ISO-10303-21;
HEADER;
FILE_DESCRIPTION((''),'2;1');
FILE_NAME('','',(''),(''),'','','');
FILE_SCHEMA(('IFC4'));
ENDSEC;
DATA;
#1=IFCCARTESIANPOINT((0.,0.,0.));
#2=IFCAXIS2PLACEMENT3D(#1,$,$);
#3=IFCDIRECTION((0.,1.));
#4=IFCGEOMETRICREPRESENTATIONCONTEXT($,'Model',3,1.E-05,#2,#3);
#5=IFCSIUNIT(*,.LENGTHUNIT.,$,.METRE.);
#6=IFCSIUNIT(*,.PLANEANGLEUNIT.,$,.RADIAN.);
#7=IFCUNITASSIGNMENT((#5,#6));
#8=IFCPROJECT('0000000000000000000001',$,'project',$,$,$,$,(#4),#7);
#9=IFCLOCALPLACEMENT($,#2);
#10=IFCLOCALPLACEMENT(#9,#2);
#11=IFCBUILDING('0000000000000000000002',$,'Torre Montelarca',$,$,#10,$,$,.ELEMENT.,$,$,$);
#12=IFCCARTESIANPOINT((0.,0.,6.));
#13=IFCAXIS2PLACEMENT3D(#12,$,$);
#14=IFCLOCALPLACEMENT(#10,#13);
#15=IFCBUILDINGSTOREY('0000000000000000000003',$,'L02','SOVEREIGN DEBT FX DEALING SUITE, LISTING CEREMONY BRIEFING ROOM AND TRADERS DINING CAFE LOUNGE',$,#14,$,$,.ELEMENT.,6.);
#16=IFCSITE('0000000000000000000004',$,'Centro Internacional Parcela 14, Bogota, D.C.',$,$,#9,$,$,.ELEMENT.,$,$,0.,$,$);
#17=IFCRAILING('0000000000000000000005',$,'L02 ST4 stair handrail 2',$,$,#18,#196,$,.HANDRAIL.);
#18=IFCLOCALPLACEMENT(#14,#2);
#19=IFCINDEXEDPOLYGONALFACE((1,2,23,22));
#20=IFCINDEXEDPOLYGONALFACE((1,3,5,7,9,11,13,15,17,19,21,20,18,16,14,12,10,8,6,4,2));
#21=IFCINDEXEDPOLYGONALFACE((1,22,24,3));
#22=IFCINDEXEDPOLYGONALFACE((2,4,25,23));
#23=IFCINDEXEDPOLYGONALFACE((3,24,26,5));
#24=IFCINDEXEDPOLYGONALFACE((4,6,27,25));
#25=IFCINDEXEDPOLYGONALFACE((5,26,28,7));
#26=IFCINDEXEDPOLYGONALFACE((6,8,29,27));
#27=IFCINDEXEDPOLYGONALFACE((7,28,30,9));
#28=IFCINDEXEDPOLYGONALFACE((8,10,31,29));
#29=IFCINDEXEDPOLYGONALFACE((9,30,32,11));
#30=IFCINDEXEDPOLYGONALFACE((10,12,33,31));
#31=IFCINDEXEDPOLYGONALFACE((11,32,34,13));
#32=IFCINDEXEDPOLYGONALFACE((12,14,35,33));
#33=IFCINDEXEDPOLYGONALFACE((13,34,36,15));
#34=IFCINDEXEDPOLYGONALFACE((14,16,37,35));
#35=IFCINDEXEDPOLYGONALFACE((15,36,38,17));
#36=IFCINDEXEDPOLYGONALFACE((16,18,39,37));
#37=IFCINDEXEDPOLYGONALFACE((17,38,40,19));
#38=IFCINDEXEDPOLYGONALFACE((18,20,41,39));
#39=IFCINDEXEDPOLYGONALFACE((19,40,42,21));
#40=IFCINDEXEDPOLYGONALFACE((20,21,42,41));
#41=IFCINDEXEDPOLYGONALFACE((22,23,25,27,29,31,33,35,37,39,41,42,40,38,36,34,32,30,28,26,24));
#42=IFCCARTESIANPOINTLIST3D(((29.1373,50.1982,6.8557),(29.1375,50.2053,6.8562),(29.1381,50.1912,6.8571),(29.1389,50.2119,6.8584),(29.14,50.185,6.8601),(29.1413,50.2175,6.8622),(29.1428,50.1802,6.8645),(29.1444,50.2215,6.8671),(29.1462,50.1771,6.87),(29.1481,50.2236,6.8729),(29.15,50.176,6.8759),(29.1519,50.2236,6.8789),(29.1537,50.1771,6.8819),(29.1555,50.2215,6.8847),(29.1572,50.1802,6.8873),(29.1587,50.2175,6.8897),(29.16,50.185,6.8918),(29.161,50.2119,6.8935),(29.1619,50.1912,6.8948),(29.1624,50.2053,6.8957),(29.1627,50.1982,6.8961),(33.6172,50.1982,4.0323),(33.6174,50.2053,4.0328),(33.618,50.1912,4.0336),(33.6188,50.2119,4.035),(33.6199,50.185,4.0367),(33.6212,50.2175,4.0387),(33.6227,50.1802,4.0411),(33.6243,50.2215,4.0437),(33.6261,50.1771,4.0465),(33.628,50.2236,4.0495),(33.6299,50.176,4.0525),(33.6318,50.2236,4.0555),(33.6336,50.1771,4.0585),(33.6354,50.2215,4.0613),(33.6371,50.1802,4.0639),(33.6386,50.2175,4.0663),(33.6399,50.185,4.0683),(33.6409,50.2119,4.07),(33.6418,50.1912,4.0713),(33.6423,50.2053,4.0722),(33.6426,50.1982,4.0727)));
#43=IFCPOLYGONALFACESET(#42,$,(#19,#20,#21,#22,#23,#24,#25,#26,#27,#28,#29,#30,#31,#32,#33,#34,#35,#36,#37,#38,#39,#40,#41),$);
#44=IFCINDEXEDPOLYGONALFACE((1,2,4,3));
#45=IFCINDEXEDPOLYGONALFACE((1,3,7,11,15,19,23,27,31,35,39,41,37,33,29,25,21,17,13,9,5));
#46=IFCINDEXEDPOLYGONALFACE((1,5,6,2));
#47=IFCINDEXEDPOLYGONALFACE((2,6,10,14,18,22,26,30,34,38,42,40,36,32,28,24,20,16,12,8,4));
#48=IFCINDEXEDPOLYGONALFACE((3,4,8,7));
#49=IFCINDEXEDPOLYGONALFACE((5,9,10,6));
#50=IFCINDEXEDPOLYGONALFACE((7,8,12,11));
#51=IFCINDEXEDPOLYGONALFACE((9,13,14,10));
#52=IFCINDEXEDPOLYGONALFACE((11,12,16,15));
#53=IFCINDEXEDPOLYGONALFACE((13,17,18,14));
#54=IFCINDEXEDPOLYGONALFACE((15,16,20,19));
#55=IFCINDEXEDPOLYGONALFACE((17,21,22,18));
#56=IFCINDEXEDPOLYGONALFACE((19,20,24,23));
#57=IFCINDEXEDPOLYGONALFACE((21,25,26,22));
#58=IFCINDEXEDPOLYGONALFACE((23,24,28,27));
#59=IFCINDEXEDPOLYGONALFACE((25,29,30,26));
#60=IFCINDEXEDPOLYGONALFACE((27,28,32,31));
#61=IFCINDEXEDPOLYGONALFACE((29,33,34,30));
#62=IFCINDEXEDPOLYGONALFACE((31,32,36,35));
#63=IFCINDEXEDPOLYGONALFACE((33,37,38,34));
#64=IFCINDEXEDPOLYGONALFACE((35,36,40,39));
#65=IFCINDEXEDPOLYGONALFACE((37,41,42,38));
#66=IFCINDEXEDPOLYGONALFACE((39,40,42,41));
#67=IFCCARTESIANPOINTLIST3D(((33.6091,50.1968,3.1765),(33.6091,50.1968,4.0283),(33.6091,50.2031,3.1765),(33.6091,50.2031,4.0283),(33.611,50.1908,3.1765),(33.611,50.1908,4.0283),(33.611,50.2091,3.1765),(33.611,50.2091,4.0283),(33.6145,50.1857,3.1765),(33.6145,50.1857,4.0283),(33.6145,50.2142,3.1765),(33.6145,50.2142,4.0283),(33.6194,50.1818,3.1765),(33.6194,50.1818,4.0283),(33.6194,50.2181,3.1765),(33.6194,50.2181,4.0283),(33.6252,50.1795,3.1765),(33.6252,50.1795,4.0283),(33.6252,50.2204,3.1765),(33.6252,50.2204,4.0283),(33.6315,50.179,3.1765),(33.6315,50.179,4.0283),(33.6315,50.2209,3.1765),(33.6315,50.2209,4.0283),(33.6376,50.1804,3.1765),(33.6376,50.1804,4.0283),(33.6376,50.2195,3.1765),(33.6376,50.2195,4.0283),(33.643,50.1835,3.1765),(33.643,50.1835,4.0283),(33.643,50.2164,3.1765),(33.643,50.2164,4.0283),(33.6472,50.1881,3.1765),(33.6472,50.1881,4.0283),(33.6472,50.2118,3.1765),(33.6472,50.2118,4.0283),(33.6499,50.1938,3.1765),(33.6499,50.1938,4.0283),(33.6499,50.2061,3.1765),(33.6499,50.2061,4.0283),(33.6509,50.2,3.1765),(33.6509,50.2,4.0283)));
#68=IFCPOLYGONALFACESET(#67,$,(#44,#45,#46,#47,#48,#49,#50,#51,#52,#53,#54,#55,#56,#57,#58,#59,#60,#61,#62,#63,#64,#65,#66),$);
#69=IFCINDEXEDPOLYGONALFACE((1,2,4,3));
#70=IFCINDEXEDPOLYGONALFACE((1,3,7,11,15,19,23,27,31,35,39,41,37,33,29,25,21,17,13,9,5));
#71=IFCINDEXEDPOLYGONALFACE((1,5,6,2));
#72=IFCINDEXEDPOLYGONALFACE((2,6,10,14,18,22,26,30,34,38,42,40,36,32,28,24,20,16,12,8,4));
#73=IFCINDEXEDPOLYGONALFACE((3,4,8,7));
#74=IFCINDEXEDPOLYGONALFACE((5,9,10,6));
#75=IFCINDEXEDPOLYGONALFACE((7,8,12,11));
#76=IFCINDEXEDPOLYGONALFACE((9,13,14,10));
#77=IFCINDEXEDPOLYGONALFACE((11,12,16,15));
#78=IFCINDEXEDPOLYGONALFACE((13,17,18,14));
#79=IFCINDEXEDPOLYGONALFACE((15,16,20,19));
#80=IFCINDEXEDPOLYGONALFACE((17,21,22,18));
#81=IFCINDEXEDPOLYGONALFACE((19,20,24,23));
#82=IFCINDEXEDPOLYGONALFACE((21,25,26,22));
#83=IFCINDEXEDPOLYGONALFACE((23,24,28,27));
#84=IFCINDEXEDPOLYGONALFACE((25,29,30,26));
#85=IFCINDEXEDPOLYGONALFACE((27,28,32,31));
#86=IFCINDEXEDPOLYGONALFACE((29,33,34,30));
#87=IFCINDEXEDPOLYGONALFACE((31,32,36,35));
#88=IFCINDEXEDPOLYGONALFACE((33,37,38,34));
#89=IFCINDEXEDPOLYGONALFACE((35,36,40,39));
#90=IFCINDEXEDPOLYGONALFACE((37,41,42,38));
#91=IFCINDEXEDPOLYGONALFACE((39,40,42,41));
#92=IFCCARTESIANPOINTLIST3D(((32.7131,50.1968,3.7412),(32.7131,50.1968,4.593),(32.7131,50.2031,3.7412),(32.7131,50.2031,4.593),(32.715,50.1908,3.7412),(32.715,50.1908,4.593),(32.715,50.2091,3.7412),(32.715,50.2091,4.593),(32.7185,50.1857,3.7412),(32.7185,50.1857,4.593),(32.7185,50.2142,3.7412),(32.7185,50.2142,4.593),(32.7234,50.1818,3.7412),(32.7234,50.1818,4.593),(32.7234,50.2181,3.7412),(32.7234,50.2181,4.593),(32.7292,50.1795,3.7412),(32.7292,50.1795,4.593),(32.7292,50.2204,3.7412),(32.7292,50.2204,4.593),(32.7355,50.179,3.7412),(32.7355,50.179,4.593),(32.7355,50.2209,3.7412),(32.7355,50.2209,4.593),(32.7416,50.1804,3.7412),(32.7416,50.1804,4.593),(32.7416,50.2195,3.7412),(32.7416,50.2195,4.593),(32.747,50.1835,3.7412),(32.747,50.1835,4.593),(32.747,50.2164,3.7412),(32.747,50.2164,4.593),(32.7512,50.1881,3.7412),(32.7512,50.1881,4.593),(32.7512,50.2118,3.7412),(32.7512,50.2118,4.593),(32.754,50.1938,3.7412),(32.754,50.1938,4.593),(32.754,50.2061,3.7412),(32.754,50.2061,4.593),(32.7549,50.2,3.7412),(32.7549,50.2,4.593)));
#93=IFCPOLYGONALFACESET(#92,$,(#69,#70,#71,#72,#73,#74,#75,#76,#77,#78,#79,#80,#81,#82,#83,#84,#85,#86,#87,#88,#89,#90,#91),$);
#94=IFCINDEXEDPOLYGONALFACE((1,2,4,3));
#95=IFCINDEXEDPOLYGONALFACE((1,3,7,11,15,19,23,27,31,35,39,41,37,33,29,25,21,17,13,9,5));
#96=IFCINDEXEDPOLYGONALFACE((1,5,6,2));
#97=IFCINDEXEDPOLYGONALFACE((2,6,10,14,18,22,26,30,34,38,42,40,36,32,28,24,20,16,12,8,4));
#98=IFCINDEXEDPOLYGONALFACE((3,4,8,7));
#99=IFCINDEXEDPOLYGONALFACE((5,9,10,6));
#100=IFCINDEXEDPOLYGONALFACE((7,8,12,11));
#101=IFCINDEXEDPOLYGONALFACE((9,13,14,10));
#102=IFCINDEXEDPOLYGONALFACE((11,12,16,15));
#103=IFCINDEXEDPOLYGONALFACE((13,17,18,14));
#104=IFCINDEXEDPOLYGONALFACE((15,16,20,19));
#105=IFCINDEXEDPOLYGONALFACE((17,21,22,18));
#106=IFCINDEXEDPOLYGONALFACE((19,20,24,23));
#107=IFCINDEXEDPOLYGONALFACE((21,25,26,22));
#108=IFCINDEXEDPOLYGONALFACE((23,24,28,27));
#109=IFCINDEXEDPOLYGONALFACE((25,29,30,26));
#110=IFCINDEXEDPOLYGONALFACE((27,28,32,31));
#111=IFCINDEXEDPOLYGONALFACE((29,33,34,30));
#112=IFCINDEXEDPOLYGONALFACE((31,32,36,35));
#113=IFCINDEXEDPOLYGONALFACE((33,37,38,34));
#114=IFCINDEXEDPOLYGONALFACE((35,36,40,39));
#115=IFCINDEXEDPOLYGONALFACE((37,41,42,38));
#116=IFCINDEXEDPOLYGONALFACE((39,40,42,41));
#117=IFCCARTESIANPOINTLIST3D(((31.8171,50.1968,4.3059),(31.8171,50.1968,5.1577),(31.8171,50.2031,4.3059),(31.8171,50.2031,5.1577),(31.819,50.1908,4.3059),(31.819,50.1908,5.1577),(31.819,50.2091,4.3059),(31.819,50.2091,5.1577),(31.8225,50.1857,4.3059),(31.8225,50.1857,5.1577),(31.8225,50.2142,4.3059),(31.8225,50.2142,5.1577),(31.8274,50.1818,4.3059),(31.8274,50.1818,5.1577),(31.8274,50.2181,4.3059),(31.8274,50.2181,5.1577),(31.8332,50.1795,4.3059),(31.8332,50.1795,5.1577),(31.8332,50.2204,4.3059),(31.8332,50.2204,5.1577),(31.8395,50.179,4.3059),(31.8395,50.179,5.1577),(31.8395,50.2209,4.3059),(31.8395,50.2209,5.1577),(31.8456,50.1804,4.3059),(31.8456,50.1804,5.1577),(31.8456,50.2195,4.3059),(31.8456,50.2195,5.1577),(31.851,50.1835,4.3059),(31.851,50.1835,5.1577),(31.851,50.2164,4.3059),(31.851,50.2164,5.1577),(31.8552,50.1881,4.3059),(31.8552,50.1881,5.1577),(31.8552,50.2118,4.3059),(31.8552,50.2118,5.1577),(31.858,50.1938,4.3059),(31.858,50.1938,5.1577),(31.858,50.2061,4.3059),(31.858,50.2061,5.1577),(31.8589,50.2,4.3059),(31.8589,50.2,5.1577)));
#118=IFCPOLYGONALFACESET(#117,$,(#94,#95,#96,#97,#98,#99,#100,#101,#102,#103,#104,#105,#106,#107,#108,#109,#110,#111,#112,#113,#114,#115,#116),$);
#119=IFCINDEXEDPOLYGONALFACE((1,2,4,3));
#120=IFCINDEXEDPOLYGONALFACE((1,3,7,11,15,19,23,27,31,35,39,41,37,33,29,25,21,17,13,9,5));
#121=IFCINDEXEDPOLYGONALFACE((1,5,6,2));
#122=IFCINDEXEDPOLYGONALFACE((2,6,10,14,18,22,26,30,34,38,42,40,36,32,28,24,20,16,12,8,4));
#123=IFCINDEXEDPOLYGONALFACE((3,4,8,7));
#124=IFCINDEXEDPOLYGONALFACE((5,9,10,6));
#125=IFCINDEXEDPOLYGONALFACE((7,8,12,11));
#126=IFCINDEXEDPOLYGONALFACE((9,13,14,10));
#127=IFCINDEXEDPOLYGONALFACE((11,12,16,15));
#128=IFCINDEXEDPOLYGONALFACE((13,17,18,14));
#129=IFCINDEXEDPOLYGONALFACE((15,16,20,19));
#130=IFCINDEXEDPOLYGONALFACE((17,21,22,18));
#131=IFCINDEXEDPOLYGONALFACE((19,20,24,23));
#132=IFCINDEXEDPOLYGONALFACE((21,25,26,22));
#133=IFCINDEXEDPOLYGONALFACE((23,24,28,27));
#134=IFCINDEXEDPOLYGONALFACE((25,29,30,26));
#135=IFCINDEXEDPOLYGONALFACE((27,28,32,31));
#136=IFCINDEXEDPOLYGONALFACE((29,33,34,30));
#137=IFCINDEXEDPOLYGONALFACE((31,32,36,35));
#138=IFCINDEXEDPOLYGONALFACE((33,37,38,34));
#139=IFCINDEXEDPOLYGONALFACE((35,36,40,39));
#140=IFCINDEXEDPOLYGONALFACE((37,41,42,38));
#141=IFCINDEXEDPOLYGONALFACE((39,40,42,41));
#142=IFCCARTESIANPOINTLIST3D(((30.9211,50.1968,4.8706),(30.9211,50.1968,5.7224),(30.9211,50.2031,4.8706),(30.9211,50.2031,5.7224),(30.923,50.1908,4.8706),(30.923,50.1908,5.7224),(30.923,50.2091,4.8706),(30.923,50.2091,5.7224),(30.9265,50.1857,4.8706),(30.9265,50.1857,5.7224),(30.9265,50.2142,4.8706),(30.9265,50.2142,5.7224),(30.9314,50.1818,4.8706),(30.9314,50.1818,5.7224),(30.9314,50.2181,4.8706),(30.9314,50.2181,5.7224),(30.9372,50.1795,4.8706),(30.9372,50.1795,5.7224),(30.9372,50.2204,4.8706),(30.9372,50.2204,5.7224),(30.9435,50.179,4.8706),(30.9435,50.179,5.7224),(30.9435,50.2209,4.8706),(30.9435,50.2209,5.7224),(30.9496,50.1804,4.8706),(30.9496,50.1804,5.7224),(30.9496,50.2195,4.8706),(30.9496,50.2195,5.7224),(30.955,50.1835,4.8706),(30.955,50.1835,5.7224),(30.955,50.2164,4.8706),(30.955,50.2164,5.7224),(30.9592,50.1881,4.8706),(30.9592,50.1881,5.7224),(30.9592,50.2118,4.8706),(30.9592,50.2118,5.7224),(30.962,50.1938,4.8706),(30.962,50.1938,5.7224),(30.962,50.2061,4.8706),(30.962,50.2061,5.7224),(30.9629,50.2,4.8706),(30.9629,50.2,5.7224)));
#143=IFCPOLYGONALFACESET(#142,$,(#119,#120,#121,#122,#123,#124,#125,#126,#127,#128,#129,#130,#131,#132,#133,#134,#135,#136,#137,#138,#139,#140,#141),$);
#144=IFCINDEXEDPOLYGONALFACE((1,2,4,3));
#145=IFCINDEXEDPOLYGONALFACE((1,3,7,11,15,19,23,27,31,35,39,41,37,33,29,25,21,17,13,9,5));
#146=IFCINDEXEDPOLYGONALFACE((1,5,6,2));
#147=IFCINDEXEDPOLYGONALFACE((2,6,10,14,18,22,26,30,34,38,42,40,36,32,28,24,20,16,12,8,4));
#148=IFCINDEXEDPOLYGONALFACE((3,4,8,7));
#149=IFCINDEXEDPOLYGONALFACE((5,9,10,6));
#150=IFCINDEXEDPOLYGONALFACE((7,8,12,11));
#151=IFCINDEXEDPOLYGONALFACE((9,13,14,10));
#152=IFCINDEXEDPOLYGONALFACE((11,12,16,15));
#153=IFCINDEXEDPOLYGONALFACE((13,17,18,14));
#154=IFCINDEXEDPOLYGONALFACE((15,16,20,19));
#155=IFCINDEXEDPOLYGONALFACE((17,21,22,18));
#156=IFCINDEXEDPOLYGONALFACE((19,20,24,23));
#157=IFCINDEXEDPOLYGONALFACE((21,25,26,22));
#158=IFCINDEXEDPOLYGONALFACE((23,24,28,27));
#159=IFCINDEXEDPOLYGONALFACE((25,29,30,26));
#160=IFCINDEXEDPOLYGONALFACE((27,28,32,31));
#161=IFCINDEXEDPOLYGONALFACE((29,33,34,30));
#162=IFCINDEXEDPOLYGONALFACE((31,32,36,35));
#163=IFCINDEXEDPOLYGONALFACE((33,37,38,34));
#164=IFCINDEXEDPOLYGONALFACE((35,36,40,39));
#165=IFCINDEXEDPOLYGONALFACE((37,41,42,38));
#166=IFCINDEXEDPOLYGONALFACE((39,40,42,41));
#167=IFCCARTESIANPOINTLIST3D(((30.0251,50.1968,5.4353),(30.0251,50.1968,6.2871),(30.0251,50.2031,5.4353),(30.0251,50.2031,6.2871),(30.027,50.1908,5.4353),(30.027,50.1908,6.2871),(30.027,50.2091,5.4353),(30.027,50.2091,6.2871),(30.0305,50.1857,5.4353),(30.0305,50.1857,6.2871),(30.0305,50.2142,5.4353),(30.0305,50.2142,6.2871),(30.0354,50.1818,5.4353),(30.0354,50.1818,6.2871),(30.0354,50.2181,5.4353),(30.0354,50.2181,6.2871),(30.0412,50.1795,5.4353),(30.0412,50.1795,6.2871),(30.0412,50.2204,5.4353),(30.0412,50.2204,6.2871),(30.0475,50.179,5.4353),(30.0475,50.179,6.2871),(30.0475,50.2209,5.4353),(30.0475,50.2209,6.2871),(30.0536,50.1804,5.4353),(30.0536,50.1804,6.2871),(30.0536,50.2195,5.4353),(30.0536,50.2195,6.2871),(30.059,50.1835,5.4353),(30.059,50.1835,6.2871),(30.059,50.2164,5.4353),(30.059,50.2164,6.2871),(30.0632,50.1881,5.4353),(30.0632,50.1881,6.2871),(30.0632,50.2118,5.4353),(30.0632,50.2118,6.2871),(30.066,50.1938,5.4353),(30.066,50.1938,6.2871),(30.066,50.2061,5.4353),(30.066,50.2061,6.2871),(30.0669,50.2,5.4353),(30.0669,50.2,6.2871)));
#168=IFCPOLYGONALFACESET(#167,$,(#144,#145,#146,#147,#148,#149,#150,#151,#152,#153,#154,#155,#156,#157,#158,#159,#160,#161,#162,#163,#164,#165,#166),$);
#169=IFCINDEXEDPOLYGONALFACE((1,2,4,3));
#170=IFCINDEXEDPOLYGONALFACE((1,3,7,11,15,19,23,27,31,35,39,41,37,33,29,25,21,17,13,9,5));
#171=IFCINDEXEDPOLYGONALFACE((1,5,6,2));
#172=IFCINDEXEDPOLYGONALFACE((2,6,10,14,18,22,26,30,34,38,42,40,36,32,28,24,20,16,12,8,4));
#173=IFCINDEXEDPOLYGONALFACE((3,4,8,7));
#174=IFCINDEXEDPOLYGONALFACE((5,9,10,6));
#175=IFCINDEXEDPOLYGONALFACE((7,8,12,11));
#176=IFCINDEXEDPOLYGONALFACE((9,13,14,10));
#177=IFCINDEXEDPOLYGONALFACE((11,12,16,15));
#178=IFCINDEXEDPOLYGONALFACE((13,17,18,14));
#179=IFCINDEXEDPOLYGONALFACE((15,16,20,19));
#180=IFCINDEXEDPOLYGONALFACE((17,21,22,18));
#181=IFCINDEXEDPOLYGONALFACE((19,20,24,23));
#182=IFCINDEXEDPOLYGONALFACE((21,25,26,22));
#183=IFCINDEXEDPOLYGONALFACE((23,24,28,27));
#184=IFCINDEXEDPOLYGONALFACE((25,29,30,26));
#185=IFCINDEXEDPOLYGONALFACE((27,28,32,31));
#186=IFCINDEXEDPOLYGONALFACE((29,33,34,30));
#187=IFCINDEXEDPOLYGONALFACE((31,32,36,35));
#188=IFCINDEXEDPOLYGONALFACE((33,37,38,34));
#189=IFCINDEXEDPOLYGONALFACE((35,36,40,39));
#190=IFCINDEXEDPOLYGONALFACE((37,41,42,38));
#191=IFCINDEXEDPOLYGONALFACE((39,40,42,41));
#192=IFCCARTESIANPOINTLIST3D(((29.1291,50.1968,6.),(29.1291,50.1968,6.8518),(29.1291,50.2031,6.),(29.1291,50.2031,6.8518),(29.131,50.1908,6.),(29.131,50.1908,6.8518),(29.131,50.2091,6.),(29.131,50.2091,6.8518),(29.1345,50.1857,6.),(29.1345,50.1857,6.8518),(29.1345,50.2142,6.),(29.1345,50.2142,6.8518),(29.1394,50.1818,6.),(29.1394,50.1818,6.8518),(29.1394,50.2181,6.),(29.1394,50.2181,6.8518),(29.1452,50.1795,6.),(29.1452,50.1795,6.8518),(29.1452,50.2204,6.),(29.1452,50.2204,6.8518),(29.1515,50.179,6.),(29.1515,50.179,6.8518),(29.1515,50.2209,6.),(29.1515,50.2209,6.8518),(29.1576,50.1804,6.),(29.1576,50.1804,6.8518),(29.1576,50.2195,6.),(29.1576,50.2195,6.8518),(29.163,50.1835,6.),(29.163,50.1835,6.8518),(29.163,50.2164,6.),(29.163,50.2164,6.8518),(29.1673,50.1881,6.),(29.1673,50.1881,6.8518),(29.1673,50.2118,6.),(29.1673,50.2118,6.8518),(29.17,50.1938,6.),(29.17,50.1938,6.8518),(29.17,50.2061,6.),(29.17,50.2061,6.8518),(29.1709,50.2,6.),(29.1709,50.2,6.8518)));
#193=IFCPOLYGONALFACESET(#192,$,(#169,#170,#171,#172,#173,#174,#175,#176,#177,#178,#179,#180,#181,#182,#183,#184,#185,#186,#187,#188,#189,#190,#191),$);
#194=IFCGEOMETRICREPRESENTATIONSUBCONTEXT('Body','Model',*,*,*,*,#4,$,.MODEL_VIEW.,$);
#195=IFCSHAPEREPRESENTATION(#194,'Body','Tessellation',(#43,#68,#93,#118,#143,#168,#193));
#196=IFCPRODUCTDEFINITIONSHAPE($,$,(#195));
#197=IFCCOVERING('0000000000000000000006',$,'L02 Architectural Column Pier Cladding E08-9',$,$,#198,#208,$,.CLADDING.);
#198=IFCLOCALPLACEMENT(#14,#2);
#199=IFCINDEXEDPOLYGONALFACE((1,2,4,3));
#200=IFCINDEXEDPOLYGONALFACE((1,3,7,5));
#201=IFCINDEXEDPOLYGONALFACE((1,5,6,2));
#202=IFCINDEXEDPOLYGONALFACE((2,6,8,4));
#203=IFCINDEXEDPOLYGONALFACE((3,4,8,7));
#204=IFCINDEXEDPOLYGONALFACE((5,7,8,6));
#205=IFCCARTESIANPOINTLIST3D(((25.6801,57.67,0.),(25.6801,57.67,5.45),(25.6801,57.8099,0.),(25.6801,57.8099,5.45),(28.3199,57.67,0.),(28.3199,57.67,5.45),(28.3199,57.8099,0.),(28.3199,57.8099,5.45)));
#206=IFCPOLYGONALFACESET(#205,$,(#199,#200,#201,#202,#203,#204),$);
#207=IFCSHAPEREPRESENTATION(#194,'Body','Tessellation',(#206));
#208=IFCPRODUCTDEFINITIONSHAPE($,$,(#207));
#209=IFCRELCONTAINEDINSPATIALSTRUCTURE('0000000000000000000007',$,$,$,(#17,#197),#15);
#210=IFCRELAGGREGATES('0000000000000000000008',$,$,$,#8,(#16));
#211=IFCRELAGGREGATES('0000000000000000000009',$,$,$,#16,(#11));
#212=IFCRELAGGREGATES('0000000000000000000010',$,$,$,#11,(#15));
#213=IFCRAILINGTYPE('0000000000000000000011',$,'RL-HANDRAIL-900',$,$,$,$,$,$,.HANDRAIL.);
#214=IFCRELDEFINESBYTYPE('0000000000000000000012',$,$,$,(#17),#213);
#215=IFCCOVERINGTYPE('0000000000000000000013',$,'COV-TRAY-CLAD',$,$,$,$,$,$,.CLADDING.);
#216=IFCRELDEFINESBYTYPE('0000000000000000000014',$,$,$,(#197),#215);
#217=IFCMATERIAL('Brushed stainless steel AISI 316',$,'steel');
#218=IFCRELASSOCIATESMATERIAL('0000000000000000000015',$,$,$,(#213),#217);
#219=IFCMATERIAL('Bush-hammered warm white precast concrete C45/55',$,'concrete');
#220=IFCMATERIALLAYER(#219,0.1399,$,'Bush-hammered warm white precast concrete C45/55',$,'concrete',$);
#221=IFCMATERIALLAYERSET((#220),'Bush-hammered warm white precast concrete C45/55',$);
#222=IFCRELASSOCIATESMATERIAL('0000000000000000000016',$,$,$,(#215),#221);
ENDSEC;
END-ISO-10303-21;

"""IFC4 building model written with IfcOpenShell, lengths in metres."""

from ifc_helpers import new_model, si_unit, direction, frame, origin, origin_2d, place, context, subcontext, project, spatial, rectangle, circle, extrude, source, transform, mapped, material, layer, layer_set, type_object, element, save


model = new_model("IFC4")

# Units and contexts
model_context = context("Model", 3, precision=1e-05, world=origin(), true_north=direction((0.0, 1.0)))
body_context = subcontext(model_context, "Body", "Model", "MODEL_VIEW")
ifc_project = project(units=[si_unit("LENGTHUNIT", "METRE"), si_unit("PLANEANGLEUNIT", "RADIAN")], contexts=[model_context])

# Site, building, storey
site_placement = place(None, origin())
site = spatial("IfcSite", under=ifc_project, at=site_placement, Name="Centro Internacional Parcela 14, Bogota, D.C.", CompositionType="ELEMENT", RefElevation=0.0)
building_placement = place(site_placement, origin())
building = spatial("IfcBuilding", under=site, at=building_placement, Name="Torre Montelarca", CompositionType="ELEMENT")
storey_placement = place(building_placement, frame((0.0, 0.0, 6.0)))
storey = spatial("IfcBuildingStorey", under=building, at=storey_placement, Name="L02", Description="SOVEREIGN DEBT FX DEALING SUITE, LISTING CEREMONY BRIEFING ROOM AND TRADERS DINING CAFE LOUNGE", CompositionType="ELEMENT", Elevation=6.0)

# Railing
ifc_material_1 = material(Name="Brushed stainless steel AISI 316", Category="steel")
railing_type_1 = type_object("IfcRailingType", Name="RL-HANDRAIL-900", PredefinedType="HANDRAIL", material=ifc_material_1)
railing_1_placement = place(storey_placement, frame((33.6299, 50.2, 3.1765)))
element("IfcRailing", 1, at=railing_1_placement, inside=storey, type_object=railing_type_1, Name="L02 ST4 stair handrail 2", PredefinedType="HANDRAIL", context=body_context, shape_type="SweptSolid", body=[
    extrude(circle(Radius=0.0239, at=origin_2d()), frame((0.0, 0.0, 0.876), z_axis=(-0.845998, 0.0, 0.533186), x_axis=(0.0, -1.0, 0.0)), (0.0, 0.0, 1.0), 5.2954),
    extrude(circle(Radius=0.021, at=origin_2d()), origin(), (0.0, 0.0, 1.0), 0.8518),
    extrude(circle(Radius=0.021, at=origin_2d()), frame((-0.896, 0.0, 0.5647)), (0.0, 0.0, 1.0), 0.8518),
    extrude(circle(Radius=0.021, at=origin_2d()), frame((-1.792, 0.0, 1.1294)), (0.0, 0.0, 1.0), 0.8518),
    extrude(circle(Radius=0.021, at=origin_2d()), frame((-2.688, 0.0, 1.6941)), (0.0, 0.0, 1.0), 0.8518),
    extrude(circle(Radius=0.021, at=origin_2d()), frame((-3.584, 0.0, 2.2588)), (0.0, 0.0, 1.0), 0.8518),
    extrude(circle(Radius=0.021, at=origin_2d()), frame((-4.48, 0.0, 2.8235)), (0.0, 0.0, 1.0), 0.8518),
])

# Covering
ifc_material_2 = material(Name="Bush-hammered warm white precast concrete C45/55", Category="concrete")
ifc_layer_1 = layer(ifc_material_2, 0.1399, Name="Bush-hammered warm white precast concrete C45/55", Category="concrete")
ifc_layer_set_1 = layer_set([ifc_layer_1], Name="Bush-hammered warm white precast concrete C45/55")
covering_type = type_object("IfcCoveringType", Name="COV-TRAY-CLAD", PredefinedType="CLADDING", material=ifc_layer_set_1)
shared_shape_1 = source(origin(), body_context, "Body", "SweptSolid", [
    extrude(rectangle(XDim=2.6399, YDim=0.1399, at=origin_2d()), origin(), (0.0, 0.0, 1.0), 5.45),
])
covering_placement = place(storey_placement, frame((27.0, 57.74, 0.0), z_axis=(0.0, 0.0, 1.0), x_axis=(-1.0, 0.0, 0.0)))
element("IfcCovering", 2, at=covering_placement, inside=storey, type_object=covering_type, Name="L02 Architectural Column Pier Cladding E08-9", PredefinedType="CLADDING", context=body_context, shape_type="MappedRepresentation", body=[
    mapped(shared_shape_1, transform((0.0, 0.0, 0.0), scale=1.0)),
])

save(model, "model.ifc")
